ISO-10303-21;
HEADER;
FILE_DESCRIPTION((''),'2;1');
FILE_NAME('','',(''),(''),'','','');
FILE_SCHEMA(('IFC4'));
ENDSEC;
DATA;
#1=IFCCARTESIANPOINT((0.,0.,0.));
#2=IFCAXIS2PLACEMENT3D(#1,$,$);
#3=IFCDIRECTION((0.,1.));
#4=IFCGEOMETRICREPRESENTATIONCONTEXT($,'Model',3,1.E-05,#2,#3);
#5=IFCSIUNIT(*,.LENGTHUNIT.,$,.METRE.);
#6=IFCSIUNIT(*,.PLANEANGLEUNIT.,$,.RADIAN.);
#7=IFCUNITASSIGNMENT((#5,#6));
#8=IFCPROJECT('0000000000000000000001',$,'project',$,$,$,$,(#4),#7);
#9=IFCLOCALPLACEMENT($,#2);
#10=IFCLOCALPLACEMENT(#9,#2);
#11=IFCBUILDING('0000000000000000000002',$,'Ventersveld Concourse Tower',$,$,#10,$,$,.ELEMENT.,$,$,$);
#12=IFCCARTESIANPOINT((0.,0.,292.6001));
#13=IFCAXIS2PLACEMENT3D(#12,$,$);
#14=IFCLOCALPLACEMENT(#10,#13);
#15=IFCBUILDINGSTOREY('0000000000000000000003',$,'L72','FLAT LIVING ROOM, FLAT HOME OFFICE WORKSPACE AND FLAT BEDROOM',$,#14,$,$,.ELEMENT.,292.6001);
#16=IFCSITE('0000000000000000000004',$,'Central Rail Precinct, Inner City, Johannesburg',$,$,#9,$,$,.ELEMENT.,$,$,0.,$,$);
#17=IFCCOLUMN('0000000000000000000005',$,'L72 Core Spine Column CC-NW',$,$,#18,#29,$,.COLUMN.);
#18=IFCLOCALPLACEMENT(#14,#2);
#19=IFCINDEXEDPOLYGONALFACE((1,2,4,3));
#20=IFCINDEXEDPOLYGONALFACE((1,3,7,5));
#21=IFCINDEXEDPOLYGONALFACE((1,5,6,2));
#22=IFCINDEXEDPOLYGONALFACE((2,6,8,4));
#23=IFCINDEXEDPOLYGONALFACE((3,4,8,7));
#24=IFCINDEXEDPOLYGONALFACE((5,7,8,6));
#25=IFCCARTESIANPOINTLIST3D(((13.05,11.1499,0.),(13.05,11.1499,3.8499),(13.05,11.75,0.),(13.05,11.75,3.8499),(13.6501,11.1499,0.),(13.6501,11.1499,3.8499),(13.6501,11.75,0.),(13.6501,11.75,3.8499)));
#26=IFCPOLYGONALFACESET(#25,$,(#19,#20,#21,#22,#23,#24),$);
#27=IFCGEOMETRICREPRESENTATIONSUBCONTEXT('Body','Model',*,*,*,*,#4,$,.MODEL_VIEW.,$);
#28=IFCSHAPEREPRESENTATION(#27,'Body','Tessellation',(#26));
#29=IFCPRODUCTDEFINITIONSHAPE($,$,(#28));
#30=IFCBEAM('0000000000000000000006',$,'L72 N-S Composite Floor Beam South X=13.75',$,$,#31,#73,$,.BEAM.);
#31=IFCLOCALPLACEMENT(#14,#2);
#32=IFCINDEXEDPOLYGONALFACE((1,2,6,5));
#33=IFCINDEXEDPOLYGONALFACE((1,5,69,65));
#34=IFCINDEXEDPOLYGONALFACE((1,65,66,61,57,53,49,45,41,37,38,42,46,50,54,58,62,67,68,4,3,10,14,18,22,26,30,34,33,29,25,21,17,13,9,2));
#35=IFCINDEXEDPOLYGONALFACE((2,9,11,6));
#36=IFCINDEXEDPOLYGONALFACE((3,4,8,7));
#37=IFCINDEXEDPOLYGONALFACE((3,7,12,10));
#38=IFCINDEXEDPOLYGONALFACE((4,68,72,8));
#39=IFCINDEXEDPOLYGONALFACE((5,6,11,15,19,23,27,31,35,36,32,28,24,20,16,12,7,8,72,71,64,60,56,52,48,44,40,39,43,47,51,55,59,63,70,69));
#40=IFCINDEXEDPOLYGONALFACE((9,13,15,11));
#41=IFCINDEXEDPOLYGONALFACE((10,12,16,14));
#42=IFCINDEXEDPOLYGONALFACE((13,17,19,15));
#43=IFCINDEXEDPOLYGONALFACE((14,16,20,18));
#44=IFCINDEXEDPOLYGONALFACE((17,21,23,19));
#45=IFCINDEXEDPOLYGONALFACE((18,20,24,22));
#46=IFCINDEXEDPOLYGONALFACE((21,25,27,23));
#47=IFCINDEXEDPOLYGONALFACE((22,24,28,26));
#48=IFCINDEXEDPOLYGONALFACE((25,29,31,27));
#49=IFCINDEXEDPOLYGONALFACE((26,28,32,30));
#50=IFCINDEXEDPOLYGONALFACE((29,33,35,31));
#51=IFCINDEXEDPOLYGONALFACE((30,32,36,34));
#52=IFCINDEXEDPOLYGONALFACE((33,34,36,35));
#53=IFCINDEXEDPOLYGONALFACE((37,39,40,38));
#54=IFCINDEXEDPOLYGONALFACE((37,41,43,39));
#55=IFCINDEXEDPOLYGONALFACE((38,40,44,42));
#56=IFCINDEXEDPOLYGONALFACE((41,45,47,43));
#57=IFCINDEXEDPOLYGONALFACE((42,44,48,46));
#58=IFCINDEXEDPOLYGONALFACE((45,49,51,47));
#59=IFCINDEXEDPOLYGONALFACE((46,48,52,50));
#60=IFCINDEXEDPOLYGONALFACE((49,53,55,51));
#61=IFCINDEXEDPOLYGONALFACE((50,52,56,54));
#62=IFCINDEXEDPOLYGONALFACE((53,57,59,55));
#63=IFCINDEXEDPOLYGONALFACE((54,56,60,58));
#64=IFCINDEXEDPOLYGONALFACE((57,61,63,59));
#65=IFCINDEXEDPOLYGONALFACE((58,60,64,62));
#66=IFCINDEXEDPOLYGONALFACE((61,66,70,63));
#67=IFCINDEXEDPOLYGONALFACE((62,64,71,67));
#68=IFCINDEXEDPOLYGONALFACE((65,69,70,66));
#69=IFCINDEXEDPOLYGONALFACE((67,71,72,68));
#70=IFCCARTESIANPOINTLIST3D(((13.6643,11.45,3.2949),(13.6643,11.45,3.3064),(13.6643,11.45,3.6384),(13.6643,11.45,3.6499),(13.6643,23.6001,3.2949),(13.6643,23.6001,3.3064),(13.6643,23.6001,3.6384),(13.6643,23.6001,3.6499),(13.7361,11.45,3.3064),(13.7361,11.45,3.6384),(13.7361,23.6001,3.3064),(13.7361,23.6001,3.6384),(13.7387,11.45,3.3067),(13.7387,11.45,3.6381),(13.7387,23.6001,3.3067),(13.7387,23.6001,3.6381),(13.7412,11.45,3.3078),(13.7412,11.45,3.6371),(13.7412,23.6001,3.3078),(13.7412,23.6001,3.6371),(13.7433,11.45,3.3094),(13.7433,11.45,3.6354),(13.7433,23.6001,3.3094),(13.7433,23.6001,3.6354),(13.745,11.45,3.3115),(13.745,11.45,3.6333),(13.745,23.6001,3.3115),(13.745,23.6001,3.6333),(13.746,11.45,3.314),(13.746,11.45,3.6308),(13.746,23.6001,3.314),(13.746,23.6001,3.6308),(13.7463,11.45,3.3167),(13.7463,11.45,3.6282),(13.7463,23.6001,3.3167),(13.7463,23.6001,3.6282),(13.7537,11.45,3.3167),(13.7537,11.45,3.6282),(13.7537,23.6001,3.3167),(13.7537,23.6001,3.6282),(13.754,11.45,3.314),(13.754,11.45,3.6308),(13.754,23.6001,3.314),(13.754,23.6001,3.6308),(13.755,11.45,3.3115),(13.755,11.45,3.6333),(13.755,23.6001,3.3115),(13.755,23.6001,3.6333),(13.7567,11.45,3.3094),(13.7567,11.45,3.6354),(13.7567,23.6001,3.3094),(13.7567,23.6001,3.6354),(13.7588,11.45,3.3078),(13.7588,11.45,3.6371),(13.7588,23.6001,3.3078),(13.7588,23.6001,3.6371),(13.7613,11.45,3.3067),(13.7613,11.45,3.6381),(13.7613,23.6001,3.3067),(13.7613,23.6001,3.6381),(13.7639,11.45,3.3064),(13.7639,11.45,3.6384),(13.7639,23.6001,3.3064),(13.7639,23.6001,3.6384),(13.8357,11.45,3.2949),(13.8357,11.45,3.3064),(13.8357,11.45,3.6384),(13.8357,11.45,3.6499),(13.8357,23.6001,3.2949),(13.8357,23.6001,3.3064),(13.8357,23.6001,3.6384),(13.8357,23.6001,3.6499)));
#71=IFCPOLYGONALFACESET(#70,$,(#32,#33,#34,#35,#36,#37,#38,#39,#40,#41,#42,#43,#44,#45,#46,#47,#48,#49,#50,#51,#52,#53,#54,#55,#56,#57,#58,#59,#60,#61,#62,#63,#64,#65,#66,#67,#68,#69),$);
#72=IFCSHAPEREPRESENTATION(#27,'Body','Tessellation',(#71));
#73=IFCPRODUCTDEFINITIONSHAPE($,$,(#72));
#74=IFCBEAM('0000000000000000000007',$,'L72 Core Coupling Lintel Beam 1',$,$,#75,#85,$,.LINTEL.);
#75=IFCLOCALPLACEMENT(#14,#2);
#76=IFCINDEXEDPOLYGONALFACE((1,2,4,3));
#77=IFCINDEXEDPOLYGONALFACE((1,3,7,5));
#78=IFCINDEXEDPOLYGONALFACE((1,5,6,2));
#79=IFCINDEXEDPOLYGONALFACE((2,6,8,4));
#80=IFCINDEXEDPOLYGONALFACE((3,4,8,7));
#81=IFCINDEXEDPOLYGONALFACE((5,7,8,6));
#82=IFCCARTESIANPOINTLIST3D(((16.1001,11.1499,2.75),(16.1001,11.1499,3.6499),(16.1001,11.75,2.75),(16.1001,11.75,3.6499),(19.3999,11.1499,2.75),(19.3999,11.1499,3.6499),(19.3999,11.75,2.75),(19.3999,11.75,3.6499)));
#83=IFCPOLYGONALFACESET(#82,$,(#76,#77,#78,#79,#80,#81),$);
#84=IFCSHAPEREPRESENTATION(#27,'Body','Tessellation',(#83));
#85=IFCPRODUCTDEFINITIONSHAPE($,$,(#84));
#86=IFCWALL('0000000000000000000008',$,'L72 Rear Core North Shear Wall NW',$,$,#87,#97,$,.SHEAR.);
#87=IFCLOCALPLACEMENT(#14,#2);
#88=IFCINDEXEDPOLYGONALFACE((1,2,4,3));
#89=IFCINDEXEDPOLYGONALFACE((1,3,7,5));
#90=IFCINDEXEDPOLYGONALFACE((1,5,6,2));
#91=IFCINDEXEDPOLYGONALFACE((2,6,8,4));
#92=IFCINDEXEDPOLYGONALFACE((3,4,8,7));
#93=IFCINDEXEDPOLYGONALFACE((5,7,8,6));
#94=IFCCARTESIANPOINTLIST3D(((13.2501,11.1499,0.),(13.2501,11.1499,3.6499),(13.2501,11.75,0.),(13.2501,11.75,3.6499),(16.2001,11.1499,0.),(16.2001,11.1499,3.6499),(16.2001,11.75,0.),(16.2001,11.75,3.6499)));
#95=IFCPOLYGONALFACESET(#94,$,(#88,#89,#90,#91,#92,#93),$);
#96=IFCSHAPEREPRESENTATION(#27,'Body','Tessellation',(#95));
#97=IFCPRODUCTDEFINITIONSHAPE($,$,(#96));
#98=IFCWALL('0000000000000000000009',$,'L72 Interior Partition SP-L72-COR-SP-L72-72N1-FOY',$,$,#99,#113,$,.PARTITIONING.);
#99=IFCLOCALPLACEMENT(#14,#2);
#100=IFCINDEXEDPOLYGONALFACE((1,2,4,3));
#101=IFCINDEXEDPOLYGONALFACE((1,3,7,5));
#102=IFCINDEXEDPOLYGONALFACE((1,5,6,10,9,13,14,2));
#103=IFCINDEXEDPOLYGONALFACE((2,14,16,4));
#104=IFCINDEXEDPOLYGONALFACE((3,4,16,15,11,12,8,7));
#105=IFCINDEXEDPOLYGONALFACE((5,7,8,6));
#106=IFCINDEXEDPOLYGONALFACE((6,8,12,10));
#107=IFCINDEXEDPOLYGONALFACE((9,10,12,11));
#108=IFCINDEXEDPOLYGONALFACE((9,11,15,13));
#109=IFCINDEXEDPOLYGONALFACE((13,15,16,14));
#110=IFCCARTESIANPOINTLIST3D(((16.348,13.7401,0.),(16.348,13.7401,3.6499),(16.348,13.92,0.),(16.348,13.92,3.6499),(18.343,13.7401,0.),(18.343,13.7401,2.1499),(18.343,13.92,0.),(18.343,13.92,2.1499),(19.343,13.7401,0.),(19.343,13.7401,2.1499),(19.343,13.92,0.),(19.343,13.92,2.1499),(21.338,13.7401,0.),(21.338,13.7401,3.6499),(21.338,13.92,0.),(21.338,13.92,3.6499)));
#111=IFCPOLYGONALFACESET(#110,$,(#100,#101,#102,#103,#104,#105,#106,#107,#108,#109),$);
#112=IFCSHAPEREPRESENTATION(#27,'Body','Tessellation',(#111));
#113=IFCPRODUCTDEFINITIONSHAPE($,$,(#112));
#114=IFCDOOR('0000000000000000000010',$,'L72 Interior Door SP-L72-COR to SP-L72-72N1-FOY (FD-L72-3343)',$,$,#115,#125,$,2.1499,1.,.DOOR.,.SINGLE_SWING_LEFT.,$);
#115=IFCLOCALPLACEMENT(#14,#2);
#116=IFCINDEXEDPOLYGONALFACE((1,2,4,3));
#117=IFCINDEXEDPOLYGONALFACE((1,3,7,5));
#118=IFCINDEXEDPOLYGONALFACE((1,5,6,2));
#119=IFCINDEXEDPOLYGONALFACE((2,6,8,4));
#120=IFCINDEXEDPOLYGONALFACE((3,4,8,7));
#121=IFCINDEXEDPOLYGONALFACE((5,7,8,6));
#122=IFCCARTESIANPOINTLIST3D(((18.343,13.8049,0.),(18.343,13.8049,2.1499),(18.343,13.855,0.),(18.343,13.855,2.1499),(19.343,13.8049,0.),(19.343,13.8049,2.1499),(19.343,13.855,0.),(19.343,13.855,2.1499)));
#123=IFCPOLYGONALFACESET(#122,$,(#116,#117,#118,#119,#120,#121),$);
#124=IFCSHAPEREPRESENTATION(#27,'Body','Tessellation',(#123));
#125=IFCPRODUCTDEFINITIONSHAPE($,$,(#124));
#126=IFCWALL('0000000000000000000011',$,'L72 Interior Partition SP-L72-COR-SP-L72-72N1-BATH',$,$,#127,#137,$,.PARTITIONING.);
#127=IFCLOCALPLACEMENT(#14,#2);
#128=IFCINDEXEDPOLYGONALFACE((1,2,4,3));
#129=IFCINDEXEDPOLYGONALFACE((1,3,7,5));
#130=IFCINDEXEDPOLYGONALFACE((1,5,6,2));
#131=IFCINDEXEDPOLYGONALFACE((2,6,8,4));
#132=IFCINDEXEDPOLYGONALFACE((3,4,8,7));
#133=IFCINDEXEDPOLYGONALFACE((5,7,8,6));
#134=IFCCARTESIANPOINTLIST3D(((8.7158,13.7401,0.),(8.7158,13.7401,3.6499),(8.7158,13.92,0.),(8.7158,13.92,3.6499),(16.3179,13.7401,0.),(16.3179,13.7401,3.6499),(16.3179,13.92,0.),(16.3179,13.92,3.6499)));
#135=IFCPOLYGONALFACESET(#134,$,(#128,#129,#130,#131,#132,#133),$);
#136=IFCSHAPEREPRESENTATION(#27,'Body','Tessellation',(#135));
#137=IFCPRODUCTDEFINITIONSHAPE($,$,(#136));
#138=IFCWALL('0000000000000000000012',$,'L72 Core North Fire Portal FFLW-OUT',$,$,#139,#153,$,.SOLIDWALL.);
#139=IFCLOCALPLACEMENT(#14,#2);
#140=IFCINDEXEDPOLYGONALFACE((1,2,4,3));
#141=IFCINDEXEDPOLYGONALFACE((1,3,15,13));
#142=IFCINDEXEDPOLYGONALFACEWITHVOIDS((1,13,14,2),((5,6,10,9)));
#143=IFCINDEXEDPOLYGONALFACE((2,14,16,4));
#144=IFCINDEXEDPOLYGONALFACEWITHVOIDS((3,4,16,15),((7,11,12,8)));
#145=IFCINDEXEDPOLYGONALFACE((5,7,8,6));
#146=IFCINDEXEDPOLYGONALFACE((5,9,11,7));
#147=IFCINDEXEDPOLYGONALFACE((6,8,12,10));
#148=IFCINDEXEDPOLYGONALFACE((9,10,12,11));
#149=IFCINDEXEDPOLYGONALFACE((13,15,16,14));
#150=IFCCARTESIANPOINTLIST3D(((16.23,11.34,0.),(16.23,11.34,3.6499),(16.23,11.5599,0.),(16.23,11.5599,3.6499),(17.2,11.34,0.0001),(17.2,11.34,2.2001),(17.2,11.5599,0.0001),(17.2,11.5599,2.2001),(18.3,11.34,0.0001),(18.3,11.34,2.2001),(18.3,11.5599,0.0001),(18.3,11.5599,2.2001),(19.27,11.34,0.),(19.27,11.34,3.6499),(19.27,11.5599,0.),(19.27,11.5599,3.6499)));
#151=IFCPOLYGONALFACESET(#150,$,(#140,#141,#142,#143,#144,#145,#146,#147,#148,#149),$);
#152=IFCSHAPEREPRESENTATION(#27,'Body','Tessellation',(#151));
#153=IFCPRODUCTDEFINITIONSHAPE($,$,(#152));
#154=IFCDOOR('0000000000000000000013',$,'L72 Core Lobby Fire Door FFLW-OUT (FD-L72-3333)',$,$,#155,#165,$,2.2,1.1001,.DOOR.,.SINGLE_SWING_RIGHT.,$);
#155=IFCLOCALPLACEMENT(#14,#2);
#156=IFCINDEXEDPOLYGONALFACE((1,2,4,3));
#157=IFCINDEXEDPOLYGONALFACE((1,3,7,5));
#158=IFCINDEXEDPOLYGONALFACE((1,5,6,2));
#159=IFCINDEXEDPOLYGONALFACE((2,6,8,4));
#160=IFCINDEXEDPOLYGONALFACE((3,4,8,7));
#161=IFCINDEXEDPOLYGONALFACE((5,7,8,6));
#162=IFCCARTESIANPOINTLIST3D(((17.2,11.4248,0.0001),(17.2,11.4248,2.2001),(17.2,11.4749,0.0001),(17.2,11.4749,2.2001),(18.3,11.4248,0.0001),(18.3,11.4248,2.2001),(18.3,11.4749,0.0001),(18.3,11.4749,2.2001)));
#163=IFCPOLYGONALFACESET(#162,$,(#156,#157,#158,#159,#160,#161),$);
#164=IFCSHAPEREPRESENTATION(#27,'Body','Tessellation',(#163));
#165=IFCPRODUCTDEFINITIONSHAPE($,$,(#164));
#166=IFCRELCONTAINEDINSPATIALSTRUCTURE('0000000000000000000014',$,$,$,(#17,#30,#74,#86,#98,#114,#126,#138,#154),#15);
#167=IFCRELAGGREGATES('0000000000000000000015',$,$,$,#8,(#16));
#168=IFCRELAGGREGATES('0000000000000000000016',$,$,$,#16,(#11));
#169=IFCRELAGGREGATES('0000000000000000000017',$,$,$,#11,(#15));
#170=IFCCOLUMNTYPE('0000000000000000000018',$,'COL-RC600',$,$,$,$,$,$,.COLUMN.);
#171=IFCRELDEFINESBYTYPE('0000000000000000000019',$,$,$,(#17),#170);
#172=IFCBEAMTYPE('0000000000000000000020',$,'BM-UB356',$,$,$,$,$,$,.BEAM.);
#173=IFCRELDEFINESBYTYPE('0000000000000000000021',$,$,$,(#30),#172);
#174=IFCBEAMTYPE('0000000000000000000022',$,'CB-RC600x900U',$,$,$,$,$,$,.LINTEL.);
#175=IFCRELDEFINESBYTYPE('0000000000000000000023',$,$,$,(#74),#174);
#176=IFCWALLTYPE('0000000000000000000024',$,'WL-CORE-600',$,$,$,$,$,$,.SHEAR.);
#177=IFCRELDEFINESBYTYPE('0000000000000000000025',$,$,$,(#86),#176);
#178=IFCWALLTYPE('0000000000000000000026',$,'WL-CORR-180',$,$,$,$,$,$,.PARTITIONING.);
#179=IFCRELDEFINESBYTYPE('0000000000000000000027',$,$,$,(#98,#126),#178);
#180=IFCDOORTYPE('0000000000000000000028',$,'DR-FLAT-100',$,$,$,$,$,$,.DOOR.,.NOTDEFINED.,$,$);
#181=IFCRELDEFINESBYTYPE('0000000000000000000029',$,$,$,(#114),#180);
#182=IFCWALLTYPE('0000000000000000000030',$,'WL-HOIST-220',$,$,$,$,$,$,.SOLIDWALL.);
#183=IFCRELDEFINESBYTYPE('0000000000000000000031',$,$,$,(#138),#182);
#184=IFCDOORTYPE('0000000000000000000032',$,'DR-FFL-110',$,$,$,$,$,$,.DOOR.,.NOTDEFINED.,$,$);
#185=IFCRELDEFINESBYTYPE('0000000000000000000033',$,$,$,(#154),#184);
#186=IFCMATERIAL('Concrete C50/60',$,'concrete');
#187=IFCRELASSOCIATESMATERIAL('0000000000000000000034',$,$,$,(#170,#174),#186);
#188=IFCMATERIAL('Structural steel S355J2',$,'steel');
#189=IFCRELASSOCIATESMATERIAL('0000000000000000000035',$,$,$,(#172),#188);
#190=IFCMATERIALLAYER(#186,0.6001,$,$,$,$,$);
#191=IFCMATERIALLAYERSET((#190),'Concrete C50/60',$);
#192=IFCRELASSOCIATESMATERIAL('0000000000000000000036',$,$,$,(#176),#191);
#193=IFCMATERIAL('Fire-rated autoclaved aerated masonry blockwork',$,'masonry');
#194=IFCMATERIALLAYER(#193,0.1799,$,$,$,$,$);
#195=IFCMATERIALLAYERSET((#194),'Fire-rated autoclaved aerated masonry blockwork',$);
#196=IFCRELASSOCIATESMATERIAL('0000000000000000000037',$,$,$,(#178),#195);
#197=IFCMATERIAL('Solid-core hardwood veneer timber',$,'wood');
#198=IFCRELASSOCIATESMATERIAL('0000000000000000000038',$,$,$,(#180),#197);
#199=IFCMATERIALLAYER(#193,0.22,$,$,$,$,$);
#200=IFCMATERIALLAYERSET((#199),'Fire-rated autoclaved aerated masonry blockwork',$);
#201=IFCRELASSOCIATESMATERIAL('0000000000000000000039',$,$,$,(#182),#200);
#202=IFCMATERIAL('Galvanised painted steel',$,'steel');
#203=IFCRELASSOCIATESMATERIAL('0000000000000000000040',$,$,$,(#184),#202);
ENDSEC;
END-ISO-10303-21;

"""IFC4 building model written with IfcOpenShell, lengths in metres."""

from ifc_helpers import new_model, si_unit, direction, frame, frame_2d, origin, origin_2d, place, context, subcontext, project, spatial, rectangle, i_section, extrude, material, layer, layer_set, material_profile, profile_set, type_object, element, fill, save


model = new_model("IFC4")

# Units and contexts
model_context = context("Model", 3, precision=1e-05, world=origin(), true_north=direction((0.0, 1.0)))
body_context = subcontext(model_context, "Body", "Model", "MODEL_VIEW")
ifc_project = project(units=[si_unit("LENGTHUNIT", "METRE"), si_unit("PLANEANGLEUNIT", "RADIAN")], contexts=[model_context])

# Site, building, storey
site_placement = place(None, origin())
site = spatial("IfcSite", under=ifc_project, at=site_placement, Name="Central Rail Precinct, Inner City, Johannesburg", CompositionType="ELEMENT", RefElevation=0.0)
building_placement = place(site_placement, origin())
building = spatial("IfcBuilding", under=site, at=building_placement, Name="Ventersveld Concourse Tower", CompositionType="ELEMENT")
storey_placement = place(building_placement, frame((0.0, 0.0, 292.6001)))
storey = spatial("IfcBuildingStorey", under=building, at=storey_placement, Name="L72", Description="FLAT LIVING ROOM, FLAT HOME OFFICE WORKSPACE AND FLAT BEDROOM", CompositionType="ELEMENT", Elevation=292.6001)

# Column
ifc_material_1 = material(Name="Concrete C50/60", Category="concrete")
ifc_material_profile_1 = material_profile(ifc_material_1, rectangle(XDim=0.6001, YDim=0.6001, at=origin_2d()), Name="RC 600x600")
ifc_profile_set_1 = profile_set([ifc_material_profile_1], Name="Concrete C50/60")
column_type = type_object("IfcColumnType", Name="COL-RC600", PredefinedType="COLUMN", material=ifc_profile_set_1)
column_placement = place(storey_placement, frame((13.3501, 11.45, 0.0), z_axis=(0.0, 0.0, 1.0), x_axis=(1.0, 0.0, 0.0)))
element("IfcColumn", 1, at=column_placement, inside=storey, type_object=column_type, Name="L72 Core Spine Column CC-NW", PredefinedType="COLUMN", context=body_context, shape_type="SweptSolid", body=[
    extrude(rectangle(XDim=0.6001, YDim=0.6001, at=origin_2d()), origin(), (0.0, 0.0, 1.0), 3.8499),
])

# Beams
ifc_material_2 = material(Name="Structural steel S355J2", Category="steel")
ifc_material_profile_2 = material_profile(ifc_material_2, i_section(OverallWidth=0.1714, OverallDepth=0.355, WebThickness=0.0073, FlangeThickness=0.0115, FilletRadius=0.0103, at=origin_2d()), Name="UB 356x171x51")
ifc_profile_set_2 = profile_set([ifc_material_profile_2], Name="Structural steel S355J2")
beam_type_1 = type_object("IfcBeamType", Name="BM-UB356", PredefinedType="BEAM", material=ifc_profile_set_2)
beam_1_placement = place(storey_placement, frame((13.75, 11.45, 3.4724), z_axis=(0.0, 1.0, 0.0), x_axis=(-1.0, 0.0, 0.0)))
element("IfcBeam", 2, at=beam_1_placement, inside=storey, type_object=beam_type_1, Name="L72 N-S Composite Floor Beam South X=13.75", PredefinedType="BEAM", context=body_context, shape_type="SweptSolid", body=[
    extrude(i_section(OverallWidth=0.1714, OverallDepth=0.355, WebThickness=0.0073, FlangeThickness=0.0115, FilletRadius=0.0103, at=origin_2d()), origin(), (0.0, 0.0, 1.0), 12.1501),
])
ifc_material_profile_3 = material_profile(ifc_material_1, rectangle(XDim=0.6001, YDim=0.8999, at=origin_2d()), Name="RC 600x900")
ifc_profile_set_3 = profile_set([ifc_material_profile_3], Name="Concrete C50/60")
beam_type_2 = type_object("IfcBeamType", Name="CB-RC600x900U", PredefinedType="LINTEL", material=ifc_profile_set_3)
beam_2_placement = place(storey_placement, frame((16.1001, 11.45, 3.2), z_axis=(1.0, 0.0, 0.0), x_axis=(0.0, 1.0, 0.0)))
element("IfcBeam", 3, at=beam_2_placement, inside=storey, type_object=beam_type_2, Name="L72 Core Coupling Lintel Beam 1", PredefinedType="LINTEL", context=body_context, shape_type="SweptSolid", body=[
    extrude(rectangle(XDim=0.6001, YDim=0.8999, at=origin_2d()), origin(), (0.0, 0.0, 1.0), 3.2998),
])

# Wall
ifc_layer_1 = layer(ifc_material_1, 0.6001)
ifc_layer_set_1 = layer_set([ifc_layer_1], Name="Concrete C50/60")
wall_type_1 = type_object("IfcWallType", Name="WL-CORE-600", PredefinedType="SHEAR", material=ifc_layer_set_1)
wall_1_placement = place(storey_placement, frame((13.25, 11.45, 0.0), z_axis=(0.0, 0.0, 1.0), x_axis=(1.0, 0.0, 0.0)))
element("IfcWall", 4, at=wall_1_placement, inside=storey, type_object=wall_type_1, Name="L72 Rear Core North Shear Wall NW", PredefinedType="SHEAR", context=body_context, shape_type="SweptSolid", body=[
    extrude(rectangle(XDim=2.95, YDim=0.6001, at=frame_2d((1.4751, 0.0))), origin(), (0.0, 0.0, 1.0), 3.6499),
])

# Wall, opening, door
ifc_material_3 = material(Name="Fire-rated autoclaved aerated masonry blockwork", Category="masonry")
ifc_layer_2 = layer(ifc_material_3, 0.1799)
ifc_layer_set_2 = layer_set([ifc_layer_2], Name="Fire-rated autoclaved aerated masonry blockwork")
wall_type_2 = type_object("IfcWallType", Name="WL-CORR-180", PredefinedType="PARTITIONING", material=ifc_layer_set_2)
ifc_material_4 = material(Name="Solid-core hardwood veneer timber", Category="wood")
door_type_1 = type_object("IfcDoorType", Name="DR-FLAT-100", OperationType="NOTDEFINED", PredefinedType="DOOR", material=ifc_material_4)
wall_2_placement = place(storey_placement, frame((16.3479, 13.8301, 0.0), z_axis=(0.0, 0.0, 1.0), x_axis=(1.0, 0.0, 0.0)))
wall_2 = element("IfcWall", 5, at=wall_2_placement, inside=storey, type_object=wall_type_2, Name="L72 Interior Partition SP-L72-COR-SP-L72-72N1-FOY", PredefinedType="PARTITIONING", context=body_context, shape_type="SweptSolid", body=[
    extrude(rectangle(XDim=4.99, YDim=0.1799, at=frame_2d((2.4951, 0.0))), origin(), (0.0, 0.0, 1.0), 3.6499),
])
opening_1_placement = place(wall_2_placement, frame((1.9951, 0.0, 0.0)))
opening_1 = element("IfcOpeningElement", 6, at=opening_1_placement, cuts=wall_2, PredefinedType="OPENING", context=body_context, shape_type="SweptSolid", body=[
    extrude(rectangle(XDim=1.0, YDim=2.1499, at=frame_2d((0.5, 1.075))), frame((0.0, 0.1001, 0.0), z_axis=(0.0, -1.0, 0.0), x_axis=(1.0, 0.0, 0.0)), (0.0, 0.0, 1.0), 0.2),
])
door_1_placement = place(opening_1_placement, origin())
door_1 = element("IfcDoor", 7, at=door_1_placement, inside=storey, type_object=door_type_1, Name="L72 Interior Door SP-L72-COR to SP-L72-72N1-FOY (FD-L72-3343)", OperationType="SINGLE_SWING_LEFT", OverallHeight=2.1499, OverallWidth=1.0, PredefinedType="DOOR", context=body_context, shape_type="SweptSolid", body=[
    extrude(rectangle(XDim=1.0, YDim=2.1499, at=frame_2d((0.5, 1.075))), frame((0.0, 0.0249, 0.0), z_axis=(0.0, -1.0, 0.0), x_axis=(1.0, 0.0, 0.0)), (0.0, 0.0, 1.0), 0.05),
])
fill(opening_1, door_1)

# Wall
wall_3_placement = place(storey_placement, frame((8.7158, 13.8301, 0.0), z_axis=(0.0, 0.0, 1.0), x_axis=(1.0, 0.0, 0.0)))
element("IfcWall", 8, at=wall_3_placement, inside=storey, type_object=wall_type_2, Name="L72 Interior Partition SP-L72-COR-SP-L72-72N1-BATH", PredefinedType="PARTITIONING", context=body_context, shape_type="SweptSolid", body=[
    extrude(rectangle(XDim=7.6021, YDim=0.1799, at=frame_2d((3.801, 0.0))), origin(), (0.0, 0.0, 1.0), 3.6499),
])

# Wall, opening, door
ifc_layer_3 = layer(ifc_material_3, 0.22)
ifc_layer_set_3 = layer_set([ifc_layer_3], Name="Fire-rated autoclaved aerated masonry blockwork")
wall_type_3 = type_object("IfcWallType", Name="WL-HOIST-220", PredefinedType="SOLIDWALL", material=ifc_layer_set_3)
wall_4_placement = place(storey_placement, frame((16.23, 11.45, 0.0), z_axis=(0.0, 0.0, 1.0), x_axis=(1.0, 0.0, 0.0)))
wall_4 = element("IfcWall", 9, at=wall_4_placement, inside=storey, type_object=wall_type_3, Name="L72 Core North Fire Portal FFLW-OUT", PredefinedType="SOLIDWALL", context=body_context, shape_type="SweptSolid", body=[
    extrude(rectangle(XDim=3.04, YDim=0.22, at=frame_2d((1.52, 0.0))), origin(), (0.0, 0.0, 1.0), 3.6499),
])
opening_2_placement = place(wall_4_placement, frame((0.97, 0.0, 0.0)))
opening_2 = element("IfcOpeningElement", 10, at=opening_2_placement, cuts=wall_4, PredefinedType="OPENING", context=body_context, shape_type="SweptSolid", body=[
    extrude(rectangle(XDim=1.1001, YDim=2.2, at=frame_2d((0.55, 1.1001))), frame((0.0, 0.1201, 0.0), z_axis=(0.0, -1.0, 0.0), x_axis=(1.0, 0.0, 0.0)), (0.0, 0.0, 1.0), 0.24),
])
ifc_material_5 = material(Name="Galvanised painted steel", Category="steel")
door_type_2 = type_object("IfcDoorType", Name="DR-FFL-110", OperationType="NOTDEFINED", PredefinedType="DOOR", material=ifc_material_5)
door_2_placement = place(opening_2_placement, origin())
door_2 = element("IfcDoor", 11, at=door_2_placement, inside=storey, type_object=door_type_2, Name="L72 Core Lobby Fire Door FFLW-OUT (FD-L72-3333)", OperationType="SINGLE_SWING_RIGHT", OverallHeight=2.2, OverallWidth=1.1001, PredefinedType="DOOR", context=body_context, shape_type="SweptSolid", body=[
    extrude(rectangle(XDim=1.1001, YDim=2.2, at=frame_2d((0.55, 1.1001))), frame((0.0, 0.0249, 0.0), z_axis=(0.0, -1.0, 0.0), x_axis=(1.0, 0.0, 0.0)), (0.0, 0.0, 1.0), 0.05),
])
fill(opening_2, door_2)

save(model, "model.ifc")
